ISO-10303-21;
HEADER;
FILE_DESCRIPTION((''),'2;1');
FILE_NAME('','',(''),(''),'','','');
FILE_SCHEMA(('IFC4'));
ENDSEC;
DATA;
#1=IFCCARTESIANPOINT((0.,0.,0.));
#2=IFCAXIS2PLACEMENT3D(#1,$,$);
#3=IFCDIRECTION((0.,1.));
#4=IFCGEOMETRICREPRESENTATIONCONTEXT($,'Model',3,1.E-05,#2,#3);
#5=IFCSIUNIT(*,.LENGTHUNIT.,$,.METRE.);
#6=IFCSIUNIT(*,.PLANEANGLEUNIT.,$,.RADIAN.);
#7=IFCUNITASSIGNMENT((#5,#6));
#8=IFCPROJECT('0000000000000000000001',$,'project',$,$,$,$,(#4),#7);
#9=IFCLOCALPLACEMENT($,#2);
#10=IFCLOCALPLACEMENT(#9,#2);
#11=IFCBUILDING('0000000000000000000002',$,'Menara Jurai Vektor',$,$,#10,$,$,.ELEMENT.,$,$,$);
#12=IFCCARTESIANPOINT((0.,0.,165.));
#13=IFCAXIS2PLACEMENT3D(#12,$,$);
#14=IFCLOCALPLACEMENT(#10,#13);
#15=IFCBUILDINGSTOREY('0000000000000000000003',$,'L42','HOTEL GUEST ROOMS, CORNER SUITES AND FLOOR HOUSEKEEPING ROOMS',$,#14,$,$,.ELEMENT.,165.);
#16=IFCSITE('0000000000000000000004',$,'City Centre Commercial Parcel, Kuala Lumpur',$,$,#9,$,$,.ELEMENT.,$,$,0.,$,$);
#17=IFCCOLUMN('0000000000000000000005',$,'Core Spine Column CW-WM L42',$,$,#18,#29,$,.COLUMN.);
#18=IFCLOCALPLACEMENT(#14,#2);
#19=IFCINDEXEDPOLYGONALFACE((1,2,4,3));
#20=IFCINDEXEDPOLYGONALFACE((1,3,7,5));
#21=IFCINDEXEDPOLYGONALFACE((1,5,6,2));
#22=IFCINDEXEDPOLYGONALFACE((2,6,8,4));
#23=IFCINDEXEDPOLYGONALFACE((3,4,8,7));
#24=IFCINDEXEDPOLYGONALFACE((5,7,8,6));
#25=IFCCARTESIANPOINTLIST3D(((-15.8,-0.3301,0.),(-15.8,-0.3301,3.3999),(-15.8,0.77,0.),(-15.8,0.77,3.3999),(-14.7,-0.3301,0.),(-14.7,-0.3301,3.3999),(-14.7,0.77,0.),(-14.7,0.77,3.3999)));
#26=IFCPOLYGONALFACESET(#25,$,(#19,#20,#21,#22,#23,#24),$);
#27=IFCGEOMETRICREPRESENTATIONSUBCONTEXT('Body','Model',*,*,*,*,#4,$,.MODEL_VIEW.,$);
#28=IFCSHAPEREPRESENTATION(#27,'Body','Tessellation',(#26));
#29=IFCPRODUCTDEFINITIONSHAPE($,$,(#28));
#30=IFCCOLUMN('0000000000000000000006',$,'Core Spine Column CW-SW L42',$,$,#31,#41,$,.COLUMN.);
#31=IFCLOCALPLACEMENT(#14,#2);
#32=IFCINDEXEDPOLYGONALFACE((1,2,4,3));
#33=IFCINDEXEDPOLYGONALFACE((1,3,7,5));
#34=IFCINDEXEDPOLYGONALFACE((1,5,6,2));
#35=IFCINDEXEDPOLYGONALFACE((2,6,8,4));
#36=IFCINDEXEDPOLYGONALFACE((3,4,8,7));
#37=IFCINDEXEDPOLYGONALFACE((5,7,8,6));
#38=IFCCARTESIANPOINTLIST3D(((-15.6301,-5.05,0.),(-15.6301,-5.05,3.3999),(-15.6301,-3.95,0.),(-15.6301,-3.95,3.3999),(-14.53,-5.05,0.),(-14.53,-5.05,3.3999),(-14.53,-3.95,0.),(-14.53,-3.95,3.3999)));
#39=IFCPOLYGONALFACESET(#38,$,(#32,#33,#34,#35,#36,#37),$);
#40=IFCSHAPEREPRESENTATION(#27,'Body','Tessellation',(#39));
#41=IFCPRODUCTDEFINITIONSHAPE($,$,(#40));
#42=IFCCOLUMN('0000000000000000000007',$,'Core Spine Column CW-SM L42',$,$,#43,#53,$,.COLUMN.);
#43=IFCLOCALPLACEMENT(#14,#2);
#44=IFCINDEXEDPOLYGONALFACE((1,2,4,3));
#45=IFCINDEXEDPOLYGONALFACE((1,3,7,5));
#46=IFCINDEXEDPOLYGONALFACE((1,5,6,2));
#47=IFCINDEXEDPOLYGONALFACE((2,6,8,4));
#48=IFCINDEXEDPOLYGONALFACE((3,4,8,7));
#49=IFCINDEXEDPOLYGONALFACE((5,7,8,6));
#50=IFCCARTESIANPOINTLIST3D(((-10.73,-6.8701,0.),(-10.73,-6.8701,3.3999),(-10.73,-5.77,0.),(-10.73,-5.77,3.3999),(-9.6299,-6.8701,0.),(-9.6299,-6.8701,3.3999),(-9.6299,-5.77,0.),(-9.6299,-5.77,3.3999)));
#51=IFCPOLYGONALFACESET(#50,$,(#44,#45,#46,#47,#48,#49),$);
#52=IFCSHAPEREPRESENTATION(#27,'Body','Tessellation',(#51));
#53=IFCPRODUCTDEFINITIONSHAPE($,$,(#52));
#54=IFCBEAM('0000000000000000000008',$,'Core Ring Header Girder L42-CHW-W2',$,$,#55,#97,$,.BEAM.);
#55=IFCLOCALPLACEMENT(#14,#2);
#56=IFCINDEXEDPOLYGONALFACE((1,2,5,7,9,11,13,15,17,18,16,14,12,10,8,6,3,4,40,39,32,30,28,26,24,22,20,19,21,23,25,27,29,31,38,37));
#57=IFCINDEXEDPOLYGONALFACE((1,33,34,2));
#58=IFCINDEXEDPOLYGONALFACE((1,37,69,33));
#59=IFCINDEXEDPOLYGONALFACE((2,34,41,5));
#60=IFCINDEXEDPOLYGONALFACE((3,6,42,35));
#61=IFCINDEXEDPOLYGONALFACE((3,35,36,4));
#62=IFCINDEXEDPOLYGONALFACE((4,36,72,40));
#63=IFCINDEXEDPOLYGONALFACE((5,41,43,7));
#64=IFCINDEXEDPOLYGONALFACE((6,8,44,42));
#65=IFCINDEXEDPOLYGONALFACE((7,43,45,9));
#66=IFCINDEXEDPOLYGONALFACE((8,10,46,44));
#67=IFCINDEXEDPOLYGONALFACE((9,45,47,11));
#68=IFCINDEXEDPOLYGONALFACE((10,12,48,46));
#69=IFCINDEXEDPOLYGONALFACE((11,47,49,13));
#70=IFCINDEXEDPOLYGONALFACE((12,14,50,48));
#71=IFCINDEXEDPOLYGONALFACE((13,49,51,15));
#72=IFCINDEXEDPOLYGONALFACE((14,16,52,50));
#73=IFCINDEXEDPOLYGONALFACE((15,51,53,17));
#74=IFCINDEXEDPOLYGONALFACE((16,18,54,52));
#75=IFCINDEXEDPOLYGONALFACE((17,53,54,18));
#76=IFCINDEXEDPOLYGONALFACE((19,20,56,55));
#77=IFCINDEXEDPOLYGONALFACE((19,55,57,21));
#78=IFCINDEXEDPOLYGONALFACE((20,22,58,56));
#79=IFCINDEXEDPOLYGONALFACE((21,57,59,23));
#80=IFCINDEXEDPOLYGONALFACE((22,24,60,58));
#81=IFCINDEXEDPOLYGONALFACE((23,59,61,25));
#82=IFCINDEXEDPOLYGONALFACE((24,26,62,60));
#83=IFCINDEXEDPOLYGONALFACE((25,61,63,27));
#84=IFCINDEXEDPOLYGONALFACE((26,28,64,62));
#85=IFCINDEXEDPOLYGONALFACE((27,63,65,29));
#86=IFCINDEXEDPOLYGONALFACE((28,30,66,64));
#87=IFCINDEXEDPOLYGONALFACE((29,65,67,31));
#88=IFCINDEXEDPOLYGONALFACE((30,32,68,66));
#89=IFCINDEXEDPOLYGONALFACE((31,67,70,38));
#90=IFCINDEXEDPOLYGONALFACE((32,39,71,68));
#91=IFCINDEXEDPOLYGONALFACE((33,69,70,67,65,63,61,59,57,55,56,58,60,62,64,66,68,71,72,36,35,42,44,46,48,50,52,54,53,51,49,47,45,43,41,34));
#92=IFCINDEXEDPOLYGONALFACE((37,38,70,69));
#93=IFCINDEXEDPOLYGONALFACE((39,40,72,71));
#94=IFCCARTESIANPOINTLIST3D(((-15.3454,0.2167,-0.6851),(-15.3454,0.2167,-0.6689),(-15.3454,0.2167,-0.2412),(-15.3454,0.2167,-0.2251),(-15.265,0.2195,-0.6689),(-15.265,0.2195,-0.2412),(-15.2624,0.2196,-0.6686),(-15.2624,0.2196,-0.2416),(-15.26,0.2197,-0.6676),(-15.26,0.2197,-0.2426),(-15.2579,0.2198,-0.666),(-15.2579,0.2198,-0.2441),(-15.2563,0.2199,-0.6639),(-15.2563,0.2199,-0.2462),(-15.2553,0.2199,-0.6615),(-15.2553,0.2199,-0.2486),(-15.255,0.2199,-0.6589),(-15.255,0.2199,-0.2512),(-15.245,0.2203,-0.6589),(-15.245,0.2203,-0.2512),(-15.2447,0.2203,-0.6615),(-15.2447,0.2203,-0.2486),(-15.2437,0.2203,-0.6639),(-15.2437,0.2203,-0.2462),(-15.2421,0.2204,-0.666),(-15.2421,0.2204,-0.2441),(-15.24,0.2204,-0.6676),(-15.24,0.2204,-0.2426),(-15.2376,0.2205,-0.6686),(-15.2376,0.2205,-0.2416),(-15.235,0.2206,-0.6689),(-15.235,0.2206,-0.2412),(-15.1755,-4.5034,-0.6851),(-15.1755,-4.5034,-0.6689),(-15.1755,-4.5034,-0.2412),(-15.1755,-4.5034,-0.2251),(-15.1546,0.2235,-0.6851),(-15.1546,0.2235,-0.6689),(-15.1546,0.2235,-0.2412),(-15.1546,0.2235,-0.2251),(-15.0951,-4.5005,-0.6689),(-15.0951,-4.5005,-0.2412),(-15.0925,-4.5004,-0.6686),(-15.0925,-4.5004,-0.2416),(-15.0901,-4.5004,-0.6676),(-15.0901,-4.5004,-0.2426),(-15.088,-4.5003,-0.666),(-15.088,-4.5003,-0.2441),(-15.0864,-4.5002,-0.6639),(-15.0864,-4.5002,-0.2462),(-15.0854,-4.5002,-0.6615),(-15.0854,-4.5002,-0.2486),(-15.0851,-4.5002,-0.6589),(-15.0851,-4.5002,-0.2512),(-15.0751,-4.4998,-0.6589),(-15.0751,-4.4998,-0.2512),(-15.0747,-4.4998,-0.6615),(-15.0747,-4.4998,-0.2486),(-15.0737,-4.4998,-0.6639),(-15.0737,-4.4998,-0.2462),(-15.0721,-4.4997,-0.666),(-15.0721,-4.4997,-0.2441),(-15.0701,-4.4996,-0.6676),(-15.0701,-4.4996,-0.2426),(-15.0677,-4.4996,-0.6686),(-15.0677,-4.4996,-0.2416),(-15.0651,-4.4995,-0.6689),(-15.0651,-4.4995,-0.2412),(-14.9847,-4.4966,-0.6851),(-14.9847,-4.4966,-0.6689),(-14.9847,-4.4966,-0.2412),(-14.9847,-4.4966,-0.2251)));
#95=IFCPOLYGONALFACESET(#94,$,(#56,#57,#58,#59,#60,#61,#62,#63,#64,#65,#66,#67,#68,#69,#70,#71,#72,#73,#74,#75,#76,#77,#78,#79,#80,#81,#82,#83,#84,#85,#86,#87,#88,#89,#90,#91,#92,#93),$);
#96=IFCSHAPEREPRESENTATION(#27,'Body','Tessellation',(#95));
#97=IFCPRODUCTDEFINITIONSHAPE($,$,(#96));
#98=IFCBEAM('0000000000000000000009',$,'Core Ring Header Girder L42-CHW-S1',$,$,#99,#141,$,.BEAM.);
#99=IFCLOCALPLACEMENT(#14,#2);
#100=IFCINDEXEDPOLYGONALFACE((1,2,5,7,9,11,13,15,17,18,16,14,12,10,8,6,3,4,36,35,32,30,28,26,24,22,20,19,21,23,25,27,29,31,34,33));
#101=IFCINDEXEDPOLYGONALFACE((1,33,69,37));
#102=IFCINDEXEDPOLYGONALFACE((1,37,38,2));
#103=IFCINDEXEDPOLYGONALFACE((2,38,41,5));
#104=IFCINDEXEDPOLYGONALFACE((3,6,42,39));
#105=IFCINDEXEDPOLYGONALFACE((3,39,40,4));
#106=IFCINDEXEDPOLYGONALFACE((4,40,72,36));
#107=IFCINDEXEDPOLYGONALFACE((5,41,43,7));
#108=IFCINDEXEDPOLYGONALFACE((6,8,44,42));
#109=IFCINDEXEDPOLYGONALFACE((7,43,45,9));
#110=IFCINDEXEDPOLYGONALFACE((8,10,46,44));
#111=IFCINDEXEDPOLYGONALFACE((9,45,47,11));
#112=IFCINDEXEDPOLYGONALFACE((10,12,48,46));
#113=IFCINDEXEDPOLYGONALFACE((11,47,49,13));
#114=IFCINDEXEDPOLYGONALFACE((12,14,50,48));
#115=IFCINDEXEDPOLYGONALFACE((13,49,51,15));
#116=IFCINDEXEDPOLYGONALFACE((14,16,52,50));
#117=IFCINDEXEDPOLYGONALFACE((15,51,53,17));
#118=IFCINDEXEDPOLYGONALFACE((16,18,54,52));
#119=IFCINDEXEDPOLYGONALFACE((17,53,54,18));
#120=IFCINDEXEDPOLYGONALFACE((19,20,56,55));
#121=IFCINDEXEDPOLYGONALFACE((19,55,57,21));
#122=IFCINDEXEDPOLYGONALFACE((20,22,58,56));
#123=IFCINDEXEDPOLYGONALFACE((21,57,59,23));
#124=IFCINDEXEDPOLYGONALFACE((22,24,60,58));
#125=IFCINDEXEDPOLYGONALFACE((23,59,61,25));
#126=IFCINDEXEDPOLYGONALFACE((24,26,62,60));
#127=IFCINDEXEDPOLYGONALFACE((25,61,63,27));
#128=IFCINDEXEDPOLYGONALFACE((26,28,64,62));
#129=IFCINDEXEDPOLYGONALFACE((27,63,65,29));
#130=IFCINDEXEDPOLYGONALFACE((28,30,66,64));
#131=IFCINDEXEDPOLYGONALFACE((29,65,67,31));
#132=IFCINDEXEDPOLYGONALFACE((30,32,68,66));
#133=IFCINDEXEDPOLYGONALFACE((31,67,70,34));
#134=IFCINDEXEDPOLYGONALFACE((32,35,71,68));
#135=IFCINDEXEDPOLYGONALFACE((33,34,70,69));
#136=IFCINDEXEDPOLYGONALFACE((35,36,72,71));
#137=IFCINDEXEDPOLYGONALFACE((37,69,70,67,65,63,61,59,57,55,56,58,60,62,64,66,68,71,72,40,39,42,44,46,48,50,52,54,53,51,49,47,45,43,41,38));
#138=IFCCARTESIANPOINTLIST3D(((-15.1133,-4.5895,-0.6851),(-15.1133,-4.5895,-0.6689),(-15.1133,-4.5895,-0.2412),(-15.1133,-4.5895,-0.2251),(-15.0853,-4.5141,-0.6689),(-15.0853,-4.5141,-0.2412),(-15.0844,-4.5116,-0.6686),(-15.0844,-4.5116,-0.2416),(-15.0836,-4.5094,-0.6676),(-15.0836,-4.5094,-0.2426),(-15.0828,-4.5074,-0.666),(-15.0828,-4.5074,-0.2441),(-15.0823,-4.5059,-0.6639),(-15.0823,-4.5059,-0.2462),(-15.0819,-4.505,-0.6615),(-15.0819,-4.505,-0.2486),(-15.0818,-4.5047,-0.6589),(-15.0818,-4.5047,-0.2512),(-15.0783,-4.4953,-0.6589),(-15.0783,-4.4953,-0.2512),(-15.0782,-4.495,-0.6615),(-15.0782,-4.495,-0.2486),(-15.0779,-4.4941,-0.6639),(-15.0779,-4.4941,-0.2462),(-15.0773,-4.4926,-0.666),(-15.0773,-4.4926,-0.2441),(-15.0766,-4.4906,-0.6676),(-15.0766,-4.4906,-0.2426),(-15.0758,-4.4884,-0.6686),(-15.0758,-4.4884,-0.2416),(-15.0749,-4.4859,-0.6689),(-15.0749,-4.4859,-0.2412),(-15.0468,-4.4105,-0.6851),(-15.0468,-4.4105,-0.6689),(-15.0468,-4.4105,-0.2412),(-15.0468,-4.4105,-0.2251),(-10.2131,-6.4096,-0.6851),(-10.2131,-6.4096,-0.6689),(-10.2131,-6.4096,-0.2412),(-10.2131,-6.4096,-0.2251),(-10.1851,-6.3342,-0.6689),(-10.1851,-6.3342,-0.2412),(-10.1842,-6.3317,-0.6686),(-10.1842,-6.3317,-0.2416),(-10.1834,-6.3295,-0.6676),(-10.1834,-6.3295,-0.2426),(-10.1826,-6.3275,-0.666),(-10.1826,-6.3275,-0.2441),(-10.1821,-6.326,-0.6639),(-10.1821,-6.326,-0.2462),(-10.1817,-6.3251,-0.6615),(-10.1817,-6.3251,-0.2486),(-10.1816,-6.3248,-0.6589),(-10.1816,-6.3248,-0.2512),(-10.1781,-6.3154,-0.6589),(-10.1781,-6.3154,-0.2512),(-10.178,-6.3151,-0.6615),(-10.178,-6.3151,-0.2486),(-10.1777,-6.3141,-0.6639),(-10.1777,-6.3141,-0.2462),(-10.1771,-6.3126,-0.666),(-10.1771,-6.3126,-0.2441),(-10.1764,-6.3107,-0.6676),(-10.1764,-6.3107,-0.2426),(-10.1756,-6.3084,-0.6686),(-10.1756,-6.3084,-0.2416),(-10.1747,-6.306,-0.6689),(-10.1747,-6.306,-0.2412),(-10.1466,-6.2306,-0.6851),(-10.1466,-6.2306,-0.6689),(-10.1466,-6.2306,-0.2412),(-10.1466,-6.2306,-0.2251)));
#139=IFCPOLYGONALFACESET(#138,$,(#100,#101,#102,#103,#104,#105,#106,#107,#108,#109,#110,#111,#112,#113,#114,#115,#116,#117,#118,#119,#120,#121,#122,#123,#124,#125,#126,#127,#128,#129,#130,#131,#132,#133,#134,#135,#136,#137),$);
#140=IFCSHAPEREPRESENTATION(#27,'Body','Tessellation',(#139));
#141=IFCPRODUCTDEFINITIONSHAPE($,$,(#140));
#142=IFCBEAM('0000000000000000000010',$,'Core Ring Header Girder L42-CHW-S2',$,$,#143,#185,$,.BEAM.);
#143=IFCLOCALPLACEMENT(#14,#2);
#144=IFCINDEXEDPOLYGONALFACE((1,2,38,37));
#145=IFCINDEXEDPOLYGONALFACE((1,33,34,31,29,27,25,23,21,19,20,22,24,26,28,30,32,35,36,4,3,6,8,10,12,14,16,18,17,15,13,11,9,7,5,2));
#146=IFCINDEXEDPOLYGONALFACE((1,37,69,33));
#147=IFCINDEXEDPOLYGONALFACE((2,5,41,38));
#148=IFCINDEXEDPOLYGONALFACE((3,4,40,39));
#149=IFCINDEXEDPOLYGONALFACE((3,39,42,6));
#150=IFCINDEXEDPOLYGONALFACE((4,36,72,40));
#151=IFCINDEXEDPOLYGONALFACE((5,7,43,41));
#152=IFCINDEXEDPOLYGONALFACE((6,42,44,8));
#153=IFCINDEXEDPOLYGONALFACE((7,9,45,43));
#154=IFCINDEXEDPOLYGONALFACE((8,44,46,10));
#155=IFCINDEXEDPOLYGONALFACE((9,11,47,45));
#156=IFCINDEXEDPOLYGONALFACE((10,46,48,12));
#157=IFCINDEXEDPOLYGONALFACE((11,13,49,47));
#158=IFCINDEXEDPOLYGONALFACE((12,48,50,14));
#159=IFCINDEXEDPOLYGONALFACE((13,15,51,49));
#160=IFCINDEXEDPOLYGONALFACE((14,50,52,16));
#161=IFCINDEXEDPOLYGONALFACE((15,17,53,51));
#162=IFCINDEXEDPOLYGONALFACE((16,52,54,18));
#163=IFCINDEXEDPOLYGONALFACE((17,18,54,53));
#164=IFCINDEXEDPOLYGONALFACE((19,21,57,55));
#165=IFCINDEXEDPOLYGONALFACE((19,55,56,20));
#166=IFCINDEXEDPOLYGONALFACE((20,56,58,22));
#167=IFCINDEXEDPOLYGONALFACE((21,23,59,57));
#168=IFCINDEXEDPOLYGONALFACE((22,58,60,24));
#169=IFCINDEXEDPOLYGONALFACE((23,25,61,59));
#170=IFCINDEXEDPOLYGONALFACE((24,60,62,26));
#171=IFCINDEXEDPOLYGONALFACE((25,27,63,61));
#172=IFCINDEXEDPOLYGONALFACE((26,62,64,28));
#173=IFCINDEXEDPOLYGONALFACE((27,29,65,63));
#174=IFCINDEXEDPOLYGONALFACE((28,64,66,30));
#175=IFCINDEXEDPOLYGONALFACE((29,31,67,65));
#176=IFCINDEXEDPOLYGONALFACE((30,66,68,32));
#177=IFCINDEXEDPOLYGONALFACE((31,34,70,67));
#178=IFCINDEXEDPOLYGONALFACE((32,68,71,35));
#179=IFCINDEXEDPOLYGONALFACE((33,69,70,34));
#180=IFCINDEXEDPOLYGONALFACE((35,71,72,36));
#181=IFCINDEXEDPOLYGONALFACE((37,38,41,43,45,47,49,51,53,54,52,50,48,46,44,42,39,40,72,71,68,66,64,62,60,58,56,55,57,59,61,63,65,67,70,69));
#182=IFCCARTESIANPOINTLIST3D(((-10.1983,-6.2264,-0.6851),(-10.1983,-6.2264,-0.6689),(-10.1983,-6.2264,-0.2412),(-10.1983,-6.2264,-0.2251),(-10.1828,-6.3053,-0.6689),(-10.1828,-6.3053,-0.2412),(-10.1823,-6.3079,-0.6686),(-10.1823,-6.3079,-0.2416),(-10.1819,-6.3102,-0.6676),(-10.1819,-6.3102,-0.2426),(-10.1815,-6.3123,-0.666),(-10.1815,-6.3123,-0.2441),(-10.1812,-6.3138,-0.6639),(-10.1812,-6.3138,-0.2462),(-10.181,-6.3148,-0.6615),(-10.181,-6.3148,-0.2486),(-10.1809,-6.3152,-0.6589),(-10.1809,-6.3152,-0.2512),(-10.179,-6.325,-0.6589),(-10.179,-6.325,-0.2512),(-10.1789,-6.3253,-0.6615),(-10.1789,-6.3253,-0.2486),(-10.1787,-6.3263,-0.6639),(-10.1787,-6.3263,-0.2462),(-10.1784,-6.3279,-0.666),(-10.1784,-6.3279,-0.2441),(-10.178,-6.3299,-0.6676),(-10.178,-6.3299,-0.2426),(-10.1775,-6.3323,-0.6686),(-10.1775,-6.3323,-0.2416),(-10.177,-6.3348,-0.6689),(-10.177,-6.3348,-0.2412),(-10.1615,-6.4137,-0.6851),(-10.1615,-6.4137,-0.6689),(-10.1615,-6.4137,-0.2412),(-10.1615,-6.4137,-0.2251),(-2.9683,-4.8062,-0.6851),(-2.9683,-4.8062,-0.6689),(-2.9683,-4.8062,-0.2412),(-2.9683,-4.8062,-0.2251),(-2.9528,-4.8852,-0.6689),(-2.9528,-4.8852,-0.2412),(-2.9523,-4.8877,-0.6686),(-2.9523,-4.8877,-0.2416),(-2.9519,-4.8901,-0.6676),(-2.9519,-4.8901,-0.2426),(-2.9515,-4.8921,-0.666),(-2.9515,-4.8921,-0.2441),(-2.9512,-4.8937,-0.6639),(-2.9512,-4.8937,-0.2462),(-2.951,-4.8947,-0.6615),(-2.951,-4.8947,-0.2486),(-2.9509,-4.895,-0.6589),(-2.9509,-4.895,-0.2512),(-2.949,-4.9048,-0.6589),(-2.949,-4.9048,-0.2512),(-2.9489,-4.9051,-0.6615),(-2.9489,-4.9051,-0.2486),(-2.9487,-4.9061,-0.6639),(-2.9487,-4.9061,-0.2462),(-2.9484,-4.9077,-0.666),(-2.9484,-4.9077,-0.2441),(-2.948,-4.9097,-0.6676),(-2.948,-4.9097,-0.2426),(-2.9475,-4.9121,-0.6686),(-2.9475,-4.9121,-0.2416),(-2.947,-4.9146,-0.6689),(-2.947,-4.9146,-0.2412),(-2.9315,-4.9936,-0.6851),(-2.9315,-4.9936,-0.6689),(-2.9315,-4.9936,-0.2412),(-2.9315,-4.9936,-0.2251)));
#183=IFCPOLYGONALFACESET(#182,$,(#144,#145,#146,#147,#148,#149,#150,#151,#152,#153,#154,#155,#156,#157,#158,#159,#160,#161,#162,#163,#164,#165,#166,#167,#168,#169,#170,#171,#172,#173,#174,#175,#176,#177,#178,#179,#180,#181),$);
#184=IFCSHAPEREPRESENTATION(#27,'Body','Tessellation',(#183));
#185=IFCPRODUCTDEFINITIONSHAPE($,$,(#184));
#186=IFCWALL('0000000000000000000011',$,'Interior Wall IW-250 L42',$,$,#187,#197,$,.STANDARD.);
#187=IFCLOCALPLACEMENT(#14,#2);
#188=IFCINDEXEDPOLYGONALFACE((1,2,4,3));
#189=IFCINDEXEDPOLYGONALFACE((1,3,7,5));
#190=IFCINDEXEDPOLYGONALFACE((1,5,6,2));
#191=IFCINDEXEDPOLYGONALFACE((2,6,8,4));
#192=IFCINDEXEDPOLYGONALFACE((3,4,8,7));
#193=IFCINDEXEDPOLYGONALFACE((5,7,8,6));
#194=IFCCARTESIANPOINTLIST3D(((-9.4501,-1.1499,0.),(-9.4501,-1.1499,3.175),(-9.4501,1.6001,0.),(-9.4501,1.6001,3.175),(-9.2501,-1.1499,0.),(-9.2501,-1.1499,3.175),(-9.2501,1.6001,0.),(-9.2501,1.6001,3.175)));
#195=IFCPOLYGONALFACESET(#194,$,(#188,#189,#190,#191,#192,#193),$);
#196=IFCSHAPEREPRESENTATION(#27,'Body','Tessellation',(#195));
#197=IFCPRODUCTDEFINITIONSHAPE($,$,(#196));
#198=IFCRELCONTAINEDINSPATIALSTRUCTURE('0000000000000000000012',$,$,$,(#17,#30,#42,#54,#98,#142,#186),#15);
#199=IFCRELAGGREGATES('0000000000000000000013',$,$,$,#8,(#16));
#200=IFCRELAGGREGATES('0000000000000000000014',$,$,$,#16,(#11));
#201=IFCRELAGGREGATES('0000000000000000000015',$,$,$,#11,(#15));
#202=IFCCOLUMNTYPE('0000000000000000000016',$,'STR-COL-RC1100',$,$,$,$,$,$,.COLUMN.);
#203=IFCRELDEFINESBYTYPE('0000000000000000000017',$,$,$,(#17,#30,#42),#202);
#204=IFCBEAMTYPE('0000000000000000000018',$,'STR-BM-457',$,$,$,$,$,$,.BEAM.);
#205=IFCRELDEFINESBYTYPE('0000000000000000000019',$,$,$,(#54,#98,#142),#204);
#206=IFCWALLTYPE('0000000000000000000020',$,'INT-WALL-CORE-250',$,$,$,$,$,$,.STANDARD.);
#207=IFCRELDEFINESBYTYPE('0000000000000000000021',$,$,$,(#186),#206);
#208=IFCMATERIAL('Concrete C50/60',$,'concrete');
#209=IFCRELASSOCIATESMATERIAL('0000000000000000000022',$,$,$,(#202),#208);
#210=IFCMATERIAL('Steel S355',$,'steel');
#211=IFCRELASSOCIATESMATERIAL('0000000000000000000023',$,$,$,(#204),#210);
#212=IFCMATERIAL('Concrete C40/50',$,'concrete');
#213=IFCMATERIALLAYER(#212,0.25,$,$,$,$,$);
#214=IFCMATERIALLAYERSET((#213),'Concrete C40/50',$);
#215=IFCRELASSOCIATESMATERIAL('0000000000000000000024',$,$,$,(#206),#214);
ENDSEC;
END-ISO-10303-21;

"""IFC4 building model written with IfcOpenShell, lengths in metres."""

from ifc_helpers import new_model, si_unit, direction, frame, frame_2d, origin, origin_2d, place, context, subcontext, project, spatial, rectangle, i_section, extrude, material, layer, layer_set, material_profile, profile_set, type_object, element, save


model = new_model("IFC4")

# Units and contexts
model_context = context("Model", 3, precision=1e-05, world=origin(), true_north=direction((0.0, 1.0)))
body_context = subcontext(model_context, "Body", "Model", "MODEL_VIEW")
ifc_project = project(units=[si_unit("LENGTHUNIT", "METRE"), si_unit("PLANEANGLEUNIT", "RADIAN")], contexts=[model_context])

# Site, building, storey
site_placement = place(None, origin())
site = spatial("IfcSite", under=ifc_project, at=site_placement, Name="City Centre Commercial Parcel, Kuala Lumpur", CompositionType="ELEMENT", RefElevation=0.0)
building_placement = place(site_placement, origin())
building = spatial("IfcBuilding", under=site, at=building_placement, Name="Menara Jurai Vektor", CompositionType="ELEMENT")
storey_placement = place(building_placement, frame((0.0, 0.0, 165.0)))
storey = spatial("IfcBuildingStorey", under=building, at=storey_placement, Name="L42", Description="HOTEL GUEST ROOMS, CORNER SUITES AND FLOOR HOUSEKEEPING ROOMS", CompositionType="ELEMENT", Elevation=165.0)

# Columns
ifc_material_1 = material(Name="Concrete C50/60", Category="concrete")
ifc_material_profile_1 = material_profile(ifc_material_1, rectangle(XDim=1.1001, YDim=1.1001, at=origin_2d()), Name="RC 1100x1100")
ifc_profile_set_1 = profile_set([ifc_material_profile_1], Name="Concrete C50/60")
column_type = type_object("IfcColumnType", Name="STR-COL-RC1100", PredefinedType="COLUMN", material=ifc_profile_set_1)
for number, where, z_axis, x_axis, name in (
    (1, (-15.25, 0.22, 0.0), (0.0, 0.0, 1.0), (1.0, 0.0, 0.0), "Core Spine Column CW-WM L42"),
    (2, (-15.0801, -4.5, 0.0), (0.0, 0.0, 1.0), (1.0, 0.0, 0.0), "Core Spine Column CW-SW L42"),
    (3, (-10.1799, -6.3201, 0.0), (0.0, 0.0, 1.0), (1.0, 0.0, 0.0), "Core Spine Column CW-SM L42"),
):
    element("IfcColumn", number, at=place(storey_placement, frame(where, z_axis=z_axis, x_axis=x_axis)), inside=storey, type_object=column_type, Name=name, PredefinedType="COLUMN", context=body_context, shape_type="SweptSolid", body=[
        extrude(rectangle(XDim=1.1001, YDim=1.1001, at=origin_2d()), origin(), (0.0, 0.0, 1.0), 3.3999),
    ])

# Beams
ifc_material_2 = material(Name="Steel S355", Category="steel")
ifc_material_profile_2 = material_profile(ifc_material_2, i_section(OverallWidth=0.1909, OverallDepth=0.46, WebThickness=0.01, FlangeThickness=0.0161, FilletRadius=0.01, at=origin_2d()), Name="UKB 457x191x82")
ifc_profile_set_2 = profile_set([ifc_material_profile_2], Name="Steel S355")
beam_type = type_object("IfcBeamType", Name="STR-BM-457", PredefinedType="BEAM", material=ifc_profile_set_2)
beam_1_placement = place(storey_placement, frame((-15.0801, -4.5, -0.4551), z_axis=(-0.035977, 0.999353, 0.0), x_axis=(-0.999353, -0.035977, 0.0)))
element("IfcBeam", 4, at=beam_1_placement, inside=storey, type_object=beam_type, Name="Core Ring Header Girder L42-CHW-W2", PredefinedType="BEAM", context=body_context, shape_type="SweptSolid", body=[
    extrude(i_section(OverallWidth=0.1909, OverallDepth=0.46, WebThickness=0.01, FlangeThickness=0.0161, FilletRadius=0.01, at=origin_2d()), origin(), (0.0, 0.0, 1.0), 4.7231),
])
beam_2_placement = place(storey_placement, frame((-15.0801, -4.5, -0.4551), z_axis=(0.937424, -0.348189, 0.0), x_axis=(0.348189, 0.937424, 0.0)))
element("IfcBeam", 5, at=beam_2_placement, inside=storey, type_object=beam_type, Name="Core Ring Header Girder L42-CHW-S1", PredefinedType="BEAM", context=body_context, shape_type="SweptSolid", body=[
    extrude(i_section(OverallWidth=0.1909, OverallDepth=0.46, WebThickness=0.01, FlangeThickness=0.0161, FilletRadius=0.01, at=origin_2d()), origin(), (0.0, 0.0, 1.0), 5.2273),
])
beam_3_placement = place(storey_placement, frame((-10.1799, -6.3201, -0.4551), z_axis=(0.981249, 0.192744, 0.0), x_axis=(-0.192744, 0.981249, 0.0)))
element("IfcBeam", 6, at=beam_3_placement, inside=storey, type_object=beam_type, Name="Core Ring Header Girder L42-CHW-S2", PredefinedType="BEAM", context=body_context, shape_type="SweptSolid", body=[
    extrude(i_section(OverallWidth=0.1909, OverallDepth=0.46, WebThickness=0.01, FlangeThickness=0.0161, FilletRadius=0.01, at=origin_2d()), origin(), (0.0, 0.0, 1.0), 7.3682),
])

# Shared definitions
ifc_material_3 = material(Name="Concrete C40/50", Category="concrete")
ifc_layer_1 = layer(ifc_material_3, 0.25)
ifc_layer_set_1 = layer_set([ifc_layer_1], Name="Concrete C40/50")
wall_type_1 = type_object("IfcWallType", Name="INT-WALL-CORE-250", PredefinedType="STANDARD", material=ifc_layer_set_1)

# Wall
wall_1_placement = place(storey_placement, frame((-9.3501, -1.1499, 0.0), z_axis=(0.0, 0.0, 1.0), x_axis=(0.0, 1.0, 0.0)))
element("IfcWall", 7, at=wall_1_placement, inside=storey, type_object=wall_type_1, Name="Interior Wall IW-250 L42", PredefinedType="STANDARD", context=body_context, shape_type="SweptSolid", body=[
    extrude(rectangle(XDim=2.75, YDim=0.2, at=frame_2d((1.375, 0.0))), origin(), (0.0, 0.0, 1.0), 3.175),
])

save(model, "model.ifc")
